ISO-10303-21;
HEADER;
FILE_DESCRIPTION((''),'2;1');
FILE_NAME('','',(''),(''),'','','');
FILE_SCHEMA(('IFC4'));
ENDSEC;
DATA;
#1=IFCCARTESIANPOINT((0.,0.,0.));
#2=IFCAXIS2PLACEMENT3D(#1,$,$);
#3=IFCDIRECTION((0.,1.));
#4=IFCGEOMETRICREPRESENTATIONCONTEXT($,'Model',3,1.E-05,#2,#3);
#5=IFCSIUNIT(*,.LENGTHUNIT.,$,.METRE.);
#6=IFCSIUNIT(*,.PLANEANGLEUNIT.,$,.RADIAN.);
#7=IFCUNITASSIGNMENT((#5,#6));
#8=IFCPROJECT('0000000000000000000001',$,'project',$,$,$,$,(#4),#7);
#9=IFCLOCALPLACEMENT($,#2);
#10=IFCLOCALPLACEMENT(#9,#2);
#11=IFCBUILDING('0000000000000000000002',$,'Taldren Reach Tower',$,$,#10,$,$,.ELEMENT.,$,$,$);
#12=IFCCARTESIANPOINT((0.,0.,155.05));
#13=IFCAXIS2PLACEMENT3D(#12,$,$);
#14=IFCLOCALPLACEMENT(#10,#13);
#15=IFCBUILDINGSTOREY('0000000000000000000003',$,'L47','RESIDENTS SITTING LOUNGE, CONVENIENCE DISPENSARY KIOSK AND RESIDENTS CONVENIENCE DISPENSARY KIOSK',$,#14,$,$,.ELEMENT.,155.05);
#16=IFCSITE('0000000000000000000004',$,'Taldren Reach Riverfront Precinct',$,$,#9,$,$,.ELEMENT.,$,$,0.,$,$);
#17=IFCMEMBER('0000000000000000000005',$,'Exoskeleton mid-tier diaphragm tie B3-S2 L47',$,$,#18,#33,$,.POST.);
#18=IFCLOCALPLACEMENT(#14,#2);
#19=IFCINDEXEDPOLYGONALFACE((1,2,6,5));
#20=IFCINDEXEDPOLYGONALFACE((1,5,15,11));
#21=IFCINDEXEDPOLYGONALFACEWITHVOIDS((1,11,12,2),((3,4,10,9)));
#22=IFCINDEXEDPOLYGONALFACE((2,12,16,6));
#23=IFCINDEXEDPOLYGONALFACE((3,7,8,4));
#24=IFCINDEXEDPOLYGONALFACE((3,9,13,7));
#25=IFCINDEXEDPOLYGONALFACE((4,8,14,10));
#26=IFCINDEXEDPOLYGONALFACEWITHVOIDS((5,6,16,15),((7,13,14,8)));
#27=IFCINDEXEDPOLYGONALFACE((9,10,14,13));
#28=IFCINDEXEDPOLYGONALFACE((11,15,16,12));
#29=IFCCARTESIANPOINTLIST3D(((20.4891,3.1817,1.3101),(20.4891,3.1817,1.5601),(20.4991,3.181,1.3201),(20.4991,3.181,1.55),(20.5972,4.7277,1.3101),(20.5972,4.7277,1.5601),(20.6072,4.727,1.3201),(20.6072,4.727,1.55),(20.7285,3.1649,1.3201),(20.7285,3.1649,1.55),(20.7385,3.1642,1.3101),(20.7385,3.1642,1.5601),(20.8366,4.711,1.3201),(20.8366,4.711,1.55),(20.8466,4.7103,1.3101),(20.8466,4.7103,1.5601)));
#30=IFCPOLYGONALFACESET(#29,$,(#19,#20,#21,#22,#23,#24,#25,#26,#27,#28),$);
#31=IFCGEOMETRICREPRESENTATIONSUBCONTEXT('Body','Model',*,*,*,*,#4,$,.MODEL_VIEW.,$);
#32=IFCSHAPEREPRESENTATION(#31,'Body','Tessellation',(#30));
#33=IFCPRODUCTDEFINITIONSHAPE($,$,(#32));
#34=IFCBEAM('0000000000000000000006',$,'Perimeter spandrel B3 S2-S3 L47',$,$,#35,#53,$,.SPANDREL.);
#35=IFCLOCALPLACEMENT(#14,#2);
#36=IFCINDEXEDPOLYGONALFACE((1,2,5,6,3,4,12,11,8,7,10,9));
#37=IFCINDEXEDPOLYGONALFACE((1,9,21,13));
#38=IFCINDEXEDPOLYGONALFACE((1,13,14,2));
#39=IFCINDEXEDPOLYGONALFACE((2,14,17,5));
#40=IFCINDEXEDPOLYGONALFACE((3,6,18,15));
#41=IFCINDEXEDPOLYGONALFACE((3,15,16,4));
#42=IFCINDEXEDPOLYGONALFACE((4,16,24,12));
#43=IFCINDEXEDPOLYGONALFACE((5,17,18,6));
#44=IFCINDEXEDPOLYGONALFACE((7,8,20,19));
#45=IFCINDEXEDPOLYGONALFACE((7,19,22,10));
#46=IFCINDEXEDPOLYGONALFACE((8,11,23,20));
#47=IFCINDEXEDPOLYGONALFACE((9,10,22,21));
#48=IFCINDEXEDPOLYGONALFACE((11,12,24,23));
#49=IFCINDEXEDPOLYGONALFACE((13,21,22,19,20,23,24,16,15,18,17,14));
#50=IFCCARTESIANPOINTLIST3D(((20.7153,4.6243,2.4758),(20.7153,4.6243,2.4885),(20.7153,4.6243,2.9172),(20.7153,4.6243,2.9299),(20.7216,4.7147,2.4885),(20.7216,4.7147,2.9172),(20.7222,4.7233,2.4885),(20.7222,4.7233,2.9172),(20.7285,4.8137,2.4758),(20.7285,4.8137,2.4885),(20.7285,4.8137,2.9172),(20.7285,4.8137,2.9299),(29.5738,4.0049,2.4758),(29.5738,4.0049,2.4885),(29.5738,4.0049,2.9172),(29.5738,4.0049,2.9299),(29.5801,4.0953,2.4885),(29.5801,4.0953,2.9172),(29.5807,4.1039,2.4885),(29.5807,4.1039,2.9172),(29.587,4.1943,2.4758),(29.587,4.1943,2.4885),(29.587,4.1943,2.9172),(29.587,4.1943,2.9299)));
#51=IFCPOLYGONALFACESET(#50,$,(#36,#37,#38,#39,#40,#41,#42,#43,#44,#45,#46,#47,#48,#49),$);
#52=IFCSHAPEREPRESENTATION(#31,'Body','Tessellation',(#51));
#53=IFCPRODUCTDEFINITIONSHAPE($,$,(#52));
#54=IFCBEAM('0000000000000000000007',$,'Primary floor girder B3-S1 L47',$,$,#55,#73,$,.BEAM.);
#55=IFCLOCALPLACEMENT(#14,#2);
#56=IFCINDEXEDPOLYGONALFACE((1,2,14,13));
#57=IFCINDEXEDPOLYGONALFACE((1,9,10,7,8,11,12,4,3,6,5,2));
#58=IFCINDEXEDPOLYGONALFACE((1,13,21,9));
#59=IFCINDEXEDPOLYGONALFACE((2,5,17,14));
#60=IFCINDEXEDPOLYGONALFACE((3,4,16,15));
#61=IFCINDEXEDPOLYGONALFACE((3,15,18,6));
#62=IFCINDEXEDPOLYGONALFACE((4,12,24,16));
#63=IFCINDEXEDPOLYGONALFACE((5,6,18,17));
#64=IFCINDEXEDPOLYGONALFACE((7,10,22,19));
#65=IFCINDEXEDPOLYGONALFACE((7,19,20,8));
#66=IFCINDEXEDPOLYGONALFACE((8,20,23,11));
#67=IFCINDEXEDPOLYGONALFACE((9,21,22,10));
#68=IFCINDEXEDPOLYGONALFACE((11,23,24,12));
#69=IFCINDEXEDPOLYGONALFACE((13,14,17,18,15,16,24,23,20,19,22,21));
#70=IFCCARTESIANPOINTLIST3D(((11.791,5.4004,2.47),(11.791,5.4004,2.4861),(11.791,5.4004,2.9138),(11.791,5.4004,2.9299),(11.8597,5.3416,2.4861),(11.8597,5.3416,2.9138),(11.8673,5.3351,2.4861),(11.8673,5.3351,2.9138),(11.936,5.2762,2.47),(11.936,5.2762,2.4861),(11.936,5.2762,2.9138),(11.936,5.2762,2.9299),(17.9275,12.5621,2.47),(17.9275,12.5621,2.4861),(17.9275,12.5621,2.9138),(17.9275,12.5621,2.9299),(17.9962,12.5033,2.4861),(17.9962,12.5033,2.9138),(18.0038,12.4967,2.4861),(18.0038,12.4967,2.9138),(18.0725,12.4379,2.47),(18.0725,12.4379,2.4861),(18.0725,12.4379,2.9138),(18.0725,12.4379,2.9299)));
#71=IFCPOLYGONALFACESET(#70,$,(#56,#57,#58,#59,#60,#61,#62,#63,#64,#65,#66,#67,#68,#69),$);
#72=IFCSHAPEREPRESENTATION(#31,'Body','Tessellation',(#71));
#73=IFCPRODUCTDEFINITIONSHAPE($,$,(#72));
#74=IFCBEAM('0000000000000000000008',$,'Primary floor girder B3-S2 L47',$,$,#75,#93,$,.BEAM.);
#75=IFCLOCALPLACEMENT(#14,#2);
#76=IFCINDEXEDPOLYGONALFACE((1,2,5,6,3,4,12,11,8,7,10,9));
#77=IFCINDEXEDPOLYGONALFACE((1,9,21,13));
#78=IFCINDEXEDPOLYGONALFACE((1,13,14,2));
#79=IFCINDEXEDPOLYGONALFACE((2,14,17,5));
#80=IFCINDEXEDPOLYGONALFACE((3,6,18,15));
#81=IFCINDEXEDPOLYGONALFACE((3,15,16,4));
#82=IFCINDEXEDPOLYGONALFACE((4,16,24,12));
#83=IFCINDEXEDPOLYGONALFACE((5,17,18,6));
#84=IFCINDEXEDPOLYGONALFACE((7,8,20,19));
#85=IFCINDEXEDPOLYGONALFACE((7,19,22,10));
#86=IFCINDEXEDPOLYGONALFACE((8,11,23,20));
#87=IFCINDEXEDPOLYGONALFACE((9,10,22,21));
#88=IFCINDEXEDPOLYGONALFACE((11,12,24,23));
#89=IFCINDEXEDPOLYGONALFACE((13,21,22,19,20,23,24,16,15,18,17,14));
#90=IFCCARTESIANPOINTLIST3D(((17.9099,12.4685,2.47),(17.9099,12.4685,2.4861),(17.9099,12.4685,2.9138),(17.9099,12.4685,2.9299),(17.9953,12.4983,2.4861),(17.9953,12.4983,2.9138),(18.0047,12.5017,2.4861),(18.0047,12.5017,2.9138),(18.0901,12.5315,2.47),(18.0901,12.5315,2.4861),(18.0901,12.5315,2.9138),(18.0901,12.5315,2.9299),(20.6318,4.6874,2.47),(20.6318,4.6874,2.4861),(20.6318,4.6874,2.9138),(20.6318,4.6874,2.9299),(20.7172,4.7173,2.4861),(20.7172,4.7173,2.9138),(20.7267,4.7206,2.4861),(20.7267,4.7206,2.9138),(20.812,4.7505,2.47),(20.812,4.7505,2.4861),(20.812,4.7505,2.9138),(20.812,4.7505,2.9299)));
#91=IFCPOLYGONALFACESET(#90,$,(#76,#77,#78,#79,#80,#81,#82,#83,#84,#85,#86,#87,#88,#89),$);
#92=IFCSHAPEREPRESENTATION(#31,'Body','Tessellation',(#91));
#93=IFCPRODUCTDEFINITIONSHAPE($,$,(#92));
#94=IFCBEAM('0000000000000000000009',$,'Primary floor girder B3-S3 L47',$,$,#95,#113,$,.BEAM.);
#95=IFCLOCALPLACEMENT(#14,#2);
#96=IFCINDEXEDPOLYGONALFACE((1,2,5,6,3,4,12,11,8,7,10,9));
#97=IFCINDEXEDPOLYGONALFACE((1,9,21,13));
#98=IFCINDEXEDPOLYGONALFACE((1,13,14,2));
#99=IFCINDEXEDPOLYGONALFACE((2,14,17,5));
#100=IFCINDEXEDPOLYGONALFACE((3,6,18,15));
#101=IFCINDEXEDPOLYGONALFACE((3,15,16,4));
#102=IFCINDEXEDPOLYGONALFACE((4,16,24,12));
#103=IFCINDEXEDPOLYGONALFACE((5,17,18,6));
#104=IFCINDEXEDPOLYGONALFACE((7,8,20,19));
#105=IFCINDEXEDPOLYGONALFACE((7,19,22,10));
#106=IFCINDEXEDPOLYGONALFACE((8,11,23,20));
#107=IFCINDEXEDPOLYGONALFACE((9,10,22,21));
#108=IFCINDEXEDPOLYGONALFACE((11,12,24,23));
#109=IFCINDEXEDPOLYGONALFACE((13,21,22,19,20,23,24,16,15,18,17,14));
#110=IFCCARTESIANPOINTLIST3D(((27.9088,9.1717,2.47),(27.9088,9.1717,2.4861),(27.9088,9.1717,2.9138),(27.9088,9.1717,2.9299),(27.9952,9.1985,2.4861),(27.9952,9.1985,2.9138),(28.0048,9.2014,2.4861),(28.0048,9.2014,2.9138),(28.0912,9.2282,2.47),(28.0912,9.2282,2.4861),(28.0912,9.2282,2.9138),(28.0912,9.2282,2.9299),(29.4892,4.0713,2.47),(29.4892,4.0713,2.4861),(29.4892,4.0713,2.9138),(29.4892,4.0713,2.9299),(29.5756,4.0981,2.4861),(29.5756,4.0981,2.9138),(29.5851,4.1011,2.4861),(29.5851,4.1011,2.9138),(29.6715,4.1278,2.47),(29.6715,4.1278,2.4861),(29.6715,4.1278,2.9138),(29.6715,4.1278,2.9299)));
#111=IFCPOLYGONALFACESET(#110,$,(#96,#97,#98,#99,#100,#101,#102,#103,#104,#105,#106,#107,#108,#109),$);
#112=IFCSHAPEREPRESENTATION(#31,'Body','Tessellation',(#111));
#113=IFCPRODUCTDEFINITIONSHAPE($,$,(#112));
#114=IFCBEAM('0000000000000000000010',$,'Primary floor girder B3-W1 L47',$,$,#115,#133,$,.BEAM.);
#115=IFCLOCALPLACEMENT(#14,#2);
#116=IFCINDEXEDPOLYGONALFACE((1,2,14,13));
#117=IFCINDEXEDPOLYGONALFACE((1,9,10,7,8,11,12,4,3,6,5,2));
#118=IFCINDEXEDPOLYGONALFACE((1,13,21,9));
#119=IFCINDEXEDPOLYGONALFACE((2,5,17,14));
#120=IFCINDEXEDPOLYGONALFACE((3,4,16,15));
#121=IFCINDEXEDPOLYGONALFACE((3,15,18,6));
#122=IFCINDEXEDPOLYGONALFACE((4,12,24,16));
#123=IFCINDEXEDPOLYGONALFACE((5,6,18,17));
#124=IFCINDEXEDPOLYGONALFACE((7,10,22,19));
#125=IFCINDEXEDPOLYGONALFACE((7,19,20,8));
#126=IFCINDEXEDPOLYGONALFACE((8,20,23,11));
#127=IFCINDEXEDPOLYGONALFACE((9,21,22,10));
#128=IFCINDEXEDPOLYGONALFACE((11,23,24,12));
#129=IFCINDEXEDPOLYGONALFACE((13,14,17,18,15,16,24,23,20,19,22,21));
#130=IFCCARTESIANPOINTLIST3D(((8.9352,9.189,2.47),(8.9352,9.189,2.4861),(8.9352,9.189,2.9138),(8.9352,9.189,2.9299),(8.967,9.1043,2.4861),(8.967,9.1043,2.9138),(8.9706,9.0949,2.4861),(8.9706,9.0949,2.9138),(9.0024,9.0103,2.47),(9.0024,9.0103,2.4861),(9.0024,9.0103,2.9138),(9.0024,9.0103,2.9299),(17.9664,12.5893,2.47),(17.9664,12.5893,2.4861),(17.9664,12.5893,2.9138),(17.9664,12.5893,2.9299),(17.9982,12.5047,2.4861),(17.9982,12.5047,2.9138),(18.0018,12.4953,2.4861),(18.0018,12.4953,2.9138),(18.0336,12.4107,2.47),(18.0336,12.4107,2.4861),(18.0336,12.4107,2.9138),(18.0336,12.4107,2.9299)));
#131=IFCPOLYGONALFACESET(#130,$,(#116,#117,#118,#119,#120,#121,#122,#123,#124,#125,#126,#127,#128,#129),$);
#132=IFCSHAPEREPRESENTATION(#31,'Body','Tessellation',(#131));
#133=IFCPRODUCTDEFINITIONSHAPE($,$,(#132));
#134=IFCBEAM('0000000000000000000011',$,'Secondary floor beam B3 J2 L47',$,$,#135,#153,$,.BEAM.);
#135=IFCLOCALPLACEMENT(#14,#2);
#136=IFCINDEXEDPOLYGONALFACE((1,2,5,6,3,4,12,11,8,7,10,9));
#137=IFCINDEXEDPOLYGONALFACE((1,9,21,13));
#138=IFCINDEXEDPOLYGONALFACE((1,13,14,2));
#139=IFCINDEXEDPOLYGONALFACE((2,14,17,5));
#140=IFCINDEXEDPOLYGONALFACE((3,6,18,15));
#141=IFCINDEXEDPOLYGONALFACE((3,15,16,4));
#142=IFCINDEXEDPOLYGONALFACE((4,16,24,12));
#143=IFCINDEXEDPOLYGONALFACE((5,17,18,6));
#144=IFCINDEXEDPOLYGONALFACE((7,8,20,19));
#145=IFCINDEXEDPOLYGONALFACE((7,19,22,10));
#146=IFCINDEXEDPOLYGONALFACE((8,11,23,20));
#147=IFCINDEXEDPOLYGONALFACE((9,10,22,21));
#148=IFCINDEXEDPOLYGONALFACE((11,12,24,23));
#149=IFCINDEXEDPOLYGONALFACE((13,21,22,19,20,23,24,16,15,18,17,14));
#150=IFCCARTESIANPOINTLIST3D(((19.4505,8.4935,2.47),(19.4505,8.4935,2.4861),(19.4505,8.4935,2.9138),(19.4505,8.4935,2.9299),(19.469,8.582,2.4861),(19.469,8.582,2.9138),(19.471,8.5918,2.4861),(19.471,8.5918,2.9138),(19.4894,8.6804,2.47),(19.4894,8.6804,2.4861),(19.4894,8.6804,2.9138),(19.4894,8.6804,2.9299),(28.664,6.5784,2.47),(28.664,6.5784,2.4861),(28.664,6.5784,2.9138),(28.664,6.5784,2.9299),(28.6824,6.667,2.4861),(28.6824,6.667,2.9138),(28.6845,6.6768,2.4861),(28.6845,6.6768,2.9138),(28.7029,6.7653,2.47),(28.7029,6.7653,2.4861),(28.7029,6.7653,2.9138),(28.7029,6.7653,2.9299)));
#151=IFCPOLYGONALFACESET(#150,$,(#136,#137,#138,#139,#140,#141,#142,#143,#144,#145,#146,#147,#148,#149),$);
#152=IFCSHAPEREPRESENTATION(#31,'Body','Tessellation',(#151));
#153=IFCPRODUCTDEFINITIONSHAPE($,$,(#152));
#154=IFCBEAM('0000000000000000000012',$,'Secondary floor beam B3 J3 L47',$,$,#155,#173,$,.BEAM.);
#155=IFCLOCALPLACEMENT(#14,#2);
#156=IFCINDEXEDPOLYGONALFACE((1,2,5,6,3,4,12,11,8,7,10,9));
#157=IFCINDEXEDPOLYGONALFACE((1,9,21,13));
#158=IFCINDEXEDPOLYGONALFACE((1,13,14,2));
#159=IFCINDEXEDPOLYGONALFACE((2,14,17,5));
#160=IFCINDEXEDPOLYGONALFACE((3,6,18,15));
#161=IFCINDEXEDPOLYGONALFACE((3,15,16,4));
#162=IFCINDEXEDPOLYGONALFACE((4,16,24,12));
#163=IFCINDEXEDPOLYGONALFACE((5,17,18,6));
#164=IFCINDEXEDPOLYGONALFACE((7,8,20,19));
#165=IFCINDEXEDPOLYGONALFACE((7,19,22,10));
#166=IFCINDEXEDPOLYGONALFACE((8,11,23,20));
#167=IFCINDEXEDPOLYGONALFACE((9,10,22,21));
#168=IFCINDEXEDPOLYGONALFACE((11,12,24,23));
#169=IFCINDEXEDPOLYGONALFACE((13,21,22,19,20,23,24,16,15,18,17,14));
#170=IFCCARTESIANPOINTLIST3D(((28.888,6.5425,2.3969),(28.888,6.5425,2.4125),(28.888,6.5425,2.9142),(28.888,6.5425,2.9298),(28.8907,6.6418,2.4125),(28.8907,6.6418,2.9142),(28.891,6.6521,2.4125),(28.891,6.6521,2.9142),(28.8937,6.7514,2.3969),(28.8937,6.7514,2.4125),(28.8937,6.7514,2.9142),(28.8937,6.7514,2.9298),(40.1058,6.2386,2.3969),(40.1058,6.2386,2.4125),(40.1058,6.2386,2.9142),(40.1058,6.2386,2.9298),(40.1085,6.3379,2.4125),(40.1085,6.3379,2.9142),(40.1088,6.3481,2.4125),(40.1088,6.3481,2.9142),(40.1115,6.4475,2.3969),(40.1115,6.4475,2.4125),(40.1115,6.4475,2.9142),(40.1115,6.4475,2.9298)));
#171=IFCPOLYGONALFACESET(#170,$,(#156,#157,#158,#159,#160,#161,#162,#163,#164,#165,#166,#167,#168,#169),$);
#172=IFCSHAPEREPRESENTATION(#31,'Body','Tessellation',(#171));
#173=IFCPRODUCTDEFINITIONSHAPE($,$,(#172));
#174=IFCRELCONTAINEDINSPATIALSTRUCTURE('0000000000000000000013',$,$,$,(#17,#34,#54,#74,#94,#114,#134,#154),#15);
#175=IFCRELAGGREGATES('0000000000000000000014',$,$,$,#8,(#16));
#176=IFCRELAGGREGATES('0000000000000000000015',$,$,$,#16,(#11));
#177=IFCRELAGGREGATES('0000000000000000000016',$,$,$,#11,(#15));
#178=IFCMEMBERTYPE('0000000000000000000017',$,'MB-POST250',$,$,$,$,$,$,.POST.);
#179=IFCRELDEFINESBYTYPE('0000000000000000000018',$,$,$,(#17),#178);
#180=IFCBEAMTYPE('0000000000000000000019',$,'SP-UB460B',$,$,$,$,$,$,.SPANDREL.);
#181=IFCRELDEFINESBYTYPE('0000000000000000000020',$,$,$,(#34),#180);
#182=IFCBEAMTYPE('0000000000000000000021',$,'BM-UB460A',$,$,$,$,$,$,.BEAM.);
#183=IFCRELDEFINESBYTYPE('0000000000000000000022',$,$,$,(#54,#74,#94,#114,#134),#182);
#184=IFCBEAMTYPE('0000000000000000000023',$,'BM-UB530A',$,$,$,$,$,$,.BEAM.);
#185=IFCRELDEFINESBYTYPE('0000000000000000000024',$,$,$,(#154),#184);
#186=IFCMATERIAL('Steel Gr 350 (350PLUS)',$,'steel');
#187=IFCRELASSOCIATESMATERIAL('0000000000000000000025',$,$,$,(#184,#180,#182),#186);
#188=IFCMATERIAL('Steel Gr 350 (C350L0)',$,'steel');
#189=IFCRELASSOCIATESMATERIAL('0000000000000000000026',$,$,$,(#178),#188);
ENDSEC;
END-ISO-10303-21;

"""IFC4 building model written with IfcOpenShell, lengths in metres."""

from ifc_helpers import new_model, si_unit, direction, frame, origin, origin_2d, place, context, subcontext, project, spatial, hollow_rectangle, i_section, extrude, source, transform, mapped, material, material_profile, profile_set, type_object, element, save


model = new_model("IFC4")

# Units and contexts
model_context = context("Model", 3, precision=1e-05, world=origin(), true_north=direction((0.0, 1.0)))
body_context = subcontext(model_context, "Body", "Model", "MODEL_VIEW")
ifc_project = project(units=[si_unit("LENGTHUNIT", "METRE"), si_unit("PLANEANGLEUNIT", "RADIAN")], contexts=[model_context])

# Site, building, storey
site_placement = place(None, origin())
site = spatial("IfcSite", under=ifc_project, at=site_placement, Name="Taldren Reach Riverfront Precinct", CompositionType="ELEMENT", RefElevation=0.0)
building_placement = place(site_placement, origin())
building = spatial("IfcBuilding", under=site, at=building_placement, Name="Taldren Reach Tower", CompositionType="ELEMENT")
storey_placement = place(building_placement, frame((0.0, 0.0, 155.05)))
storey = spatial("IfcBuildingStorey", under=building, at=storey_placement, Name="L47", Description="RESIDENTS SITTING LOUNGE, CONVENIENCE DISPENSARY KIOSK AND RESIDENTS CONVENIENCE DISPENSARY KIOSK", CompositionType="ELEMENT", Elevation=155.05)

# Shared definitions
ifc_material_1 = material(Name="Steel Gr 350 (350PLUS)", Category="steel")

# Shared definitions
ifc_material_profile_1 = material_profile(ifc_material_1, i_section(OverallWidth=0.209, OverallDepth=0.533, WebThickness=0.0103, FlangeThickness=0.0156, at=origin_2d()), Name="530UB92.4")
ifc_profile_set_1 = profile_set([ifc_material_profile_1], Name="Steel Gr 350 (350PLUS)")
beam_type_1 = type_object("IfcBeamType", Name="BM-UB530A", PredefinedType="BEAM", material=ifc_profile_set_1)

# Member
ifc_material_2 = material(Name="Steel Gr 350 (C350L0)", Category="steel")
ifc_material_profile_2 = material_profile(ifc_material_2, hollow_rectangle(XDim=0.25, YDim=0.25, WallThickness=0.01, at=origin_2d()), Name="250x250x10.0SHS")
ifc_profile_set_2 = profile_set([ifc_material_profile_2], Name="Steel Gr 350 (C350L0)")
member_type_1 = type_object("IfcMemberType", Name="MB-POST250", PredefinedType="POST", material=ifc_profile_set_2)
shared_shape_1 = source(origin(), body_context, "Body", "SweptSolid", [
    extrude(hollow_rectangle(XDim=0.25, YDim=0.25, WallThickness=0.01, at=origin_2d()), origin(), (0.0, 0.0, 1.0), 1.5498),
])
for number, where, z_axis, x_axis, name in (
    (1, (20.7219, 4.719, 1.4351), (-0.069781, -0.997562, 0.0), (0.997562, -0.069781, 0.0), "Exoskeleton mid-tier diaphragm tie B3-S2 L47"),
):
    element("IfcMember", number, at=place(storey_placement, frame(where, z_axis=z_axis, x_axis=x_axis)), inside=storey, type_object=member_type_1, Name=name, PredefinedType="POST", context=body_context, shape_type="MappedRepresentation", body=[
        mapped(shared_shape_1, transform((0.0, 0.0, 0.0), scale=1.0)),
    ])

# Beams
ifc_material_profile_3 = material_profile(ifc_material_1, i_section(OverallWidth=0.1899, OverallDepth=0.4541, WebThickness=0.0085, FlangeThickness=0.0127, at=origin_2d()), Name="460UB67.1")
ifc_profile_set_3 = profile_set([ifc_material_profile_3], Name="Steel Gr 350 (350PLUS)")
beam_type_2 = type_object("IfcBeamType", Name="SP-UB460B", PredefinedType="SPANDREL", material=ifc_profile_set_3)
shared_shape_2 = source(origin(), body_context, "Body", "SweptSolid", [
    extrude(i_section(OverallWidth=0.1899, OverallDepth=0.4541, WebThickness=0.0085, FlangeThickness=0.0127, at=origin_2d()), origin(), (0.0, 0.0, 1.0), 8.8801),
])
beam_1_placement = place(storey_placement, frame((20.7219, 4.719, 2.7029), z_axis=(0.997564, -0.06975, 0.0), x_axis=(0.06975, 0.997564, 0.0)))
element("IfcBeam", 2, at=beam_1_placement, inside=storey, type_object=beam_type_2, Name="Perimeter spandrel B3 S2-S3 L47", PredefinedType="SPANDREL", context=body_context, shape_type="MappedRepresentation", body=[
    mapped(shared_shape_2, transform((0.0, 0.0, 0.0), scale=1.0)),
])
ifc_material_profile_4 = material_profile(ifc_material_1, i_section(OverallWidth=0.1909, OverallDepth=0.46, WebThickness=0.01, FlangeThickness=0.0161, at=origin_2d()), Name="460UB82.1")
ifc_profile_set_4 = profile_set([ifc_material_profile_4], Name="Steel Gr 350 (350PLUS)")
beam_type_3 = type_object("IfcBeamType", Name="BM-UB460A", PredefinedType="BEAM", material=ifc_profile_set_4)
shared_shape_3 = source(origin(), body_context, "Body", "SweptSolid", [
    extrude(i_section(OverallWidth=0.1909, OverallDepth=0.46, WebThickness=0.01, FlangeThickness=0.0161, at=origin_2d()), origin(), (0.0, 0.0, 1.0), 9.4312),
])
beam_2_placement = place(storey_placement, frame((18.0, 12.5, 2.7), z_axis=(-0.650666, -0.759364, 0.0), x_axis=(0.759364, -0.650666, 0.0)))
element("IfcBeam", 3, at=beam_2_placement, inside=storey, type_object=beam_type_3, Name="Primary floor girder B3-S1 L47", PredefinedType="BEAM", context=body_context, shape_type="MappedRepresentation", body=[
    mapped(shared_shape_3, transform((0.0, 0.0, 0.0), scale=1.0)),
])
shared_shape_4 = source(origin(), body_context, "Body", "SweptSolid", [
    extrude(i_section(OverallWidth=0.1909, OverallDepth=0.46, WebThickness=0.01, FlangeThickness=0.0161, at=origin_2d()), origin(), (0.0, 0.0, 1.0), 8.2434),
])
beam_3_placement = place(storey_placement, frame((18.0, 12.5, 2.7), z_axis=(0.330196, -0.943912, 0.0), x_axis=(0.943912, 0.330196, 0.0)))
element("IfcBeam", 4, at=beam_3_placement, inside=storey, type_object=beam_type_3, Name="Primary floor girder B3-S2 L47", PredefinedType="BEAM", context=body_context, shape_type="MappedRepresentation", body=[
    mapped(shared_shape_4, transform((0.0, 0.0, 0.0), scale=1.0)),
])
shared_shape_5 = source(origin(), body_context, "Body", "SweptSolid", [
    extrude(i_section(OverallWidth=0.1909, OverallDepth=0.46, WebThickness=0.01, FlangeThickness=0.0161, at=origin_2d()), origin(), (0.0, 0.0, 1.0), 5.3396),
])
beam_4_placement = place(storey_placement, frame((28.0, 9.2, 2.7), z_axis=(0.295965, -0.955199, 0.0), x_axis=(0.955199, 0.295965, 0.0)))
element("IfcBeam", 5, at=beam_4_placement, inside=storey, type_object=beam_type_3, Name="Primary floor girder B3-S3 L47", PredefinedType="BEAM", context=body_context, shape_type="MappedRepresentation", body=[
    mapped(shared_shape_5, transform((0.0, 0.0, 0.0), scale=1.0)),
])
shared_shape_6 = source(origin(), body_context, "Body", "SweptSolid", [
    extrude(i_section(OverallWidth=0.1909, OverallDepth=0.46, WebThickness=0.01, FlangeThickness=0.0161, at=origin_2d()), origin(), (0.0, 0.0, 1.0), 9.6501),
])
beam_5_placement = place(storey_placement, frame((18.0, 12.5, 2.7), z_axis=(-0.935863, -0.352365, 0.0), x_axis=(0.352365, -0.935863, 0.0)))
element("IfcBeam", 6, at=beam_5_placement, inside=storey, type_object=beam_type_3, Name="Primary floor girder B3-W1 L47", PredefinedType="BEAM", context=body_context, shape_type="MappedRepresentation", body=[
    mapped(shared_shape_6, transform((0.0, 0.0, 0.0), scale=1.0)),
])
shared_shape_7 = source(origin(), body_context, "Body", "SweptSolid", [
    extrude(i_section(OverallWidth=0.1909, OverallDepth=0.46, WebThickness=0.01, FlangeThickness=0.0161, at=origin_2d()), origin(), (0.0, 0.0, 1.0), 9.4104),
])
beam_6_placement = place(storey_placement, frame((19.47, 8.5869, 2.7), z_axis=(0.979074, -0.203505, 0.0), x_axis=(0.203505, 0.979074, 0.0)))
element("IfcBeam", 7, at=beam_6_placement, inside=storey, type_object=beam_type_3, Name="Secondary floor beam B3 J2 L47", PredefinedType="BEAM", context=body_context, shape_type="MappedRepresentation", body=[
    mapped(shared_shape_7, transform((0.0, 0.0, 0.0), scale=1.0)),
])
shared_shape_8 = source(origin(), body_context, "Body", "SweptSolid", [
    extrude(i_section(OverallWidth=0.209, OverallDepth=0.533, WebThickness=0.0103, FlangeThickness=0.0156, at=origin_2d()), origin(), (0.0, 0.0, 1.0), 11.2219),
])
beam_7_placement = place(storey_placement, frame((28.8909, 6.647, 2.6633), z_axis=(0.999633, -0.027086, 0.0), x_axis=(0.027086, 0.999633, 0.0)))
element("IfcBeam", 8, at=beam_7_placement, inside=storey, type_object=beam_type_1, Name="Secondary floor beam B3 J3 L47", PredefinedType="BEAM", context=body_context, shape_type="MappedRepresentation", body=[
    mapped(shared_shape_8, transform((0.0, 0.0, 0.0), scale=1.0)),
])

save(model, "model.ifc")
